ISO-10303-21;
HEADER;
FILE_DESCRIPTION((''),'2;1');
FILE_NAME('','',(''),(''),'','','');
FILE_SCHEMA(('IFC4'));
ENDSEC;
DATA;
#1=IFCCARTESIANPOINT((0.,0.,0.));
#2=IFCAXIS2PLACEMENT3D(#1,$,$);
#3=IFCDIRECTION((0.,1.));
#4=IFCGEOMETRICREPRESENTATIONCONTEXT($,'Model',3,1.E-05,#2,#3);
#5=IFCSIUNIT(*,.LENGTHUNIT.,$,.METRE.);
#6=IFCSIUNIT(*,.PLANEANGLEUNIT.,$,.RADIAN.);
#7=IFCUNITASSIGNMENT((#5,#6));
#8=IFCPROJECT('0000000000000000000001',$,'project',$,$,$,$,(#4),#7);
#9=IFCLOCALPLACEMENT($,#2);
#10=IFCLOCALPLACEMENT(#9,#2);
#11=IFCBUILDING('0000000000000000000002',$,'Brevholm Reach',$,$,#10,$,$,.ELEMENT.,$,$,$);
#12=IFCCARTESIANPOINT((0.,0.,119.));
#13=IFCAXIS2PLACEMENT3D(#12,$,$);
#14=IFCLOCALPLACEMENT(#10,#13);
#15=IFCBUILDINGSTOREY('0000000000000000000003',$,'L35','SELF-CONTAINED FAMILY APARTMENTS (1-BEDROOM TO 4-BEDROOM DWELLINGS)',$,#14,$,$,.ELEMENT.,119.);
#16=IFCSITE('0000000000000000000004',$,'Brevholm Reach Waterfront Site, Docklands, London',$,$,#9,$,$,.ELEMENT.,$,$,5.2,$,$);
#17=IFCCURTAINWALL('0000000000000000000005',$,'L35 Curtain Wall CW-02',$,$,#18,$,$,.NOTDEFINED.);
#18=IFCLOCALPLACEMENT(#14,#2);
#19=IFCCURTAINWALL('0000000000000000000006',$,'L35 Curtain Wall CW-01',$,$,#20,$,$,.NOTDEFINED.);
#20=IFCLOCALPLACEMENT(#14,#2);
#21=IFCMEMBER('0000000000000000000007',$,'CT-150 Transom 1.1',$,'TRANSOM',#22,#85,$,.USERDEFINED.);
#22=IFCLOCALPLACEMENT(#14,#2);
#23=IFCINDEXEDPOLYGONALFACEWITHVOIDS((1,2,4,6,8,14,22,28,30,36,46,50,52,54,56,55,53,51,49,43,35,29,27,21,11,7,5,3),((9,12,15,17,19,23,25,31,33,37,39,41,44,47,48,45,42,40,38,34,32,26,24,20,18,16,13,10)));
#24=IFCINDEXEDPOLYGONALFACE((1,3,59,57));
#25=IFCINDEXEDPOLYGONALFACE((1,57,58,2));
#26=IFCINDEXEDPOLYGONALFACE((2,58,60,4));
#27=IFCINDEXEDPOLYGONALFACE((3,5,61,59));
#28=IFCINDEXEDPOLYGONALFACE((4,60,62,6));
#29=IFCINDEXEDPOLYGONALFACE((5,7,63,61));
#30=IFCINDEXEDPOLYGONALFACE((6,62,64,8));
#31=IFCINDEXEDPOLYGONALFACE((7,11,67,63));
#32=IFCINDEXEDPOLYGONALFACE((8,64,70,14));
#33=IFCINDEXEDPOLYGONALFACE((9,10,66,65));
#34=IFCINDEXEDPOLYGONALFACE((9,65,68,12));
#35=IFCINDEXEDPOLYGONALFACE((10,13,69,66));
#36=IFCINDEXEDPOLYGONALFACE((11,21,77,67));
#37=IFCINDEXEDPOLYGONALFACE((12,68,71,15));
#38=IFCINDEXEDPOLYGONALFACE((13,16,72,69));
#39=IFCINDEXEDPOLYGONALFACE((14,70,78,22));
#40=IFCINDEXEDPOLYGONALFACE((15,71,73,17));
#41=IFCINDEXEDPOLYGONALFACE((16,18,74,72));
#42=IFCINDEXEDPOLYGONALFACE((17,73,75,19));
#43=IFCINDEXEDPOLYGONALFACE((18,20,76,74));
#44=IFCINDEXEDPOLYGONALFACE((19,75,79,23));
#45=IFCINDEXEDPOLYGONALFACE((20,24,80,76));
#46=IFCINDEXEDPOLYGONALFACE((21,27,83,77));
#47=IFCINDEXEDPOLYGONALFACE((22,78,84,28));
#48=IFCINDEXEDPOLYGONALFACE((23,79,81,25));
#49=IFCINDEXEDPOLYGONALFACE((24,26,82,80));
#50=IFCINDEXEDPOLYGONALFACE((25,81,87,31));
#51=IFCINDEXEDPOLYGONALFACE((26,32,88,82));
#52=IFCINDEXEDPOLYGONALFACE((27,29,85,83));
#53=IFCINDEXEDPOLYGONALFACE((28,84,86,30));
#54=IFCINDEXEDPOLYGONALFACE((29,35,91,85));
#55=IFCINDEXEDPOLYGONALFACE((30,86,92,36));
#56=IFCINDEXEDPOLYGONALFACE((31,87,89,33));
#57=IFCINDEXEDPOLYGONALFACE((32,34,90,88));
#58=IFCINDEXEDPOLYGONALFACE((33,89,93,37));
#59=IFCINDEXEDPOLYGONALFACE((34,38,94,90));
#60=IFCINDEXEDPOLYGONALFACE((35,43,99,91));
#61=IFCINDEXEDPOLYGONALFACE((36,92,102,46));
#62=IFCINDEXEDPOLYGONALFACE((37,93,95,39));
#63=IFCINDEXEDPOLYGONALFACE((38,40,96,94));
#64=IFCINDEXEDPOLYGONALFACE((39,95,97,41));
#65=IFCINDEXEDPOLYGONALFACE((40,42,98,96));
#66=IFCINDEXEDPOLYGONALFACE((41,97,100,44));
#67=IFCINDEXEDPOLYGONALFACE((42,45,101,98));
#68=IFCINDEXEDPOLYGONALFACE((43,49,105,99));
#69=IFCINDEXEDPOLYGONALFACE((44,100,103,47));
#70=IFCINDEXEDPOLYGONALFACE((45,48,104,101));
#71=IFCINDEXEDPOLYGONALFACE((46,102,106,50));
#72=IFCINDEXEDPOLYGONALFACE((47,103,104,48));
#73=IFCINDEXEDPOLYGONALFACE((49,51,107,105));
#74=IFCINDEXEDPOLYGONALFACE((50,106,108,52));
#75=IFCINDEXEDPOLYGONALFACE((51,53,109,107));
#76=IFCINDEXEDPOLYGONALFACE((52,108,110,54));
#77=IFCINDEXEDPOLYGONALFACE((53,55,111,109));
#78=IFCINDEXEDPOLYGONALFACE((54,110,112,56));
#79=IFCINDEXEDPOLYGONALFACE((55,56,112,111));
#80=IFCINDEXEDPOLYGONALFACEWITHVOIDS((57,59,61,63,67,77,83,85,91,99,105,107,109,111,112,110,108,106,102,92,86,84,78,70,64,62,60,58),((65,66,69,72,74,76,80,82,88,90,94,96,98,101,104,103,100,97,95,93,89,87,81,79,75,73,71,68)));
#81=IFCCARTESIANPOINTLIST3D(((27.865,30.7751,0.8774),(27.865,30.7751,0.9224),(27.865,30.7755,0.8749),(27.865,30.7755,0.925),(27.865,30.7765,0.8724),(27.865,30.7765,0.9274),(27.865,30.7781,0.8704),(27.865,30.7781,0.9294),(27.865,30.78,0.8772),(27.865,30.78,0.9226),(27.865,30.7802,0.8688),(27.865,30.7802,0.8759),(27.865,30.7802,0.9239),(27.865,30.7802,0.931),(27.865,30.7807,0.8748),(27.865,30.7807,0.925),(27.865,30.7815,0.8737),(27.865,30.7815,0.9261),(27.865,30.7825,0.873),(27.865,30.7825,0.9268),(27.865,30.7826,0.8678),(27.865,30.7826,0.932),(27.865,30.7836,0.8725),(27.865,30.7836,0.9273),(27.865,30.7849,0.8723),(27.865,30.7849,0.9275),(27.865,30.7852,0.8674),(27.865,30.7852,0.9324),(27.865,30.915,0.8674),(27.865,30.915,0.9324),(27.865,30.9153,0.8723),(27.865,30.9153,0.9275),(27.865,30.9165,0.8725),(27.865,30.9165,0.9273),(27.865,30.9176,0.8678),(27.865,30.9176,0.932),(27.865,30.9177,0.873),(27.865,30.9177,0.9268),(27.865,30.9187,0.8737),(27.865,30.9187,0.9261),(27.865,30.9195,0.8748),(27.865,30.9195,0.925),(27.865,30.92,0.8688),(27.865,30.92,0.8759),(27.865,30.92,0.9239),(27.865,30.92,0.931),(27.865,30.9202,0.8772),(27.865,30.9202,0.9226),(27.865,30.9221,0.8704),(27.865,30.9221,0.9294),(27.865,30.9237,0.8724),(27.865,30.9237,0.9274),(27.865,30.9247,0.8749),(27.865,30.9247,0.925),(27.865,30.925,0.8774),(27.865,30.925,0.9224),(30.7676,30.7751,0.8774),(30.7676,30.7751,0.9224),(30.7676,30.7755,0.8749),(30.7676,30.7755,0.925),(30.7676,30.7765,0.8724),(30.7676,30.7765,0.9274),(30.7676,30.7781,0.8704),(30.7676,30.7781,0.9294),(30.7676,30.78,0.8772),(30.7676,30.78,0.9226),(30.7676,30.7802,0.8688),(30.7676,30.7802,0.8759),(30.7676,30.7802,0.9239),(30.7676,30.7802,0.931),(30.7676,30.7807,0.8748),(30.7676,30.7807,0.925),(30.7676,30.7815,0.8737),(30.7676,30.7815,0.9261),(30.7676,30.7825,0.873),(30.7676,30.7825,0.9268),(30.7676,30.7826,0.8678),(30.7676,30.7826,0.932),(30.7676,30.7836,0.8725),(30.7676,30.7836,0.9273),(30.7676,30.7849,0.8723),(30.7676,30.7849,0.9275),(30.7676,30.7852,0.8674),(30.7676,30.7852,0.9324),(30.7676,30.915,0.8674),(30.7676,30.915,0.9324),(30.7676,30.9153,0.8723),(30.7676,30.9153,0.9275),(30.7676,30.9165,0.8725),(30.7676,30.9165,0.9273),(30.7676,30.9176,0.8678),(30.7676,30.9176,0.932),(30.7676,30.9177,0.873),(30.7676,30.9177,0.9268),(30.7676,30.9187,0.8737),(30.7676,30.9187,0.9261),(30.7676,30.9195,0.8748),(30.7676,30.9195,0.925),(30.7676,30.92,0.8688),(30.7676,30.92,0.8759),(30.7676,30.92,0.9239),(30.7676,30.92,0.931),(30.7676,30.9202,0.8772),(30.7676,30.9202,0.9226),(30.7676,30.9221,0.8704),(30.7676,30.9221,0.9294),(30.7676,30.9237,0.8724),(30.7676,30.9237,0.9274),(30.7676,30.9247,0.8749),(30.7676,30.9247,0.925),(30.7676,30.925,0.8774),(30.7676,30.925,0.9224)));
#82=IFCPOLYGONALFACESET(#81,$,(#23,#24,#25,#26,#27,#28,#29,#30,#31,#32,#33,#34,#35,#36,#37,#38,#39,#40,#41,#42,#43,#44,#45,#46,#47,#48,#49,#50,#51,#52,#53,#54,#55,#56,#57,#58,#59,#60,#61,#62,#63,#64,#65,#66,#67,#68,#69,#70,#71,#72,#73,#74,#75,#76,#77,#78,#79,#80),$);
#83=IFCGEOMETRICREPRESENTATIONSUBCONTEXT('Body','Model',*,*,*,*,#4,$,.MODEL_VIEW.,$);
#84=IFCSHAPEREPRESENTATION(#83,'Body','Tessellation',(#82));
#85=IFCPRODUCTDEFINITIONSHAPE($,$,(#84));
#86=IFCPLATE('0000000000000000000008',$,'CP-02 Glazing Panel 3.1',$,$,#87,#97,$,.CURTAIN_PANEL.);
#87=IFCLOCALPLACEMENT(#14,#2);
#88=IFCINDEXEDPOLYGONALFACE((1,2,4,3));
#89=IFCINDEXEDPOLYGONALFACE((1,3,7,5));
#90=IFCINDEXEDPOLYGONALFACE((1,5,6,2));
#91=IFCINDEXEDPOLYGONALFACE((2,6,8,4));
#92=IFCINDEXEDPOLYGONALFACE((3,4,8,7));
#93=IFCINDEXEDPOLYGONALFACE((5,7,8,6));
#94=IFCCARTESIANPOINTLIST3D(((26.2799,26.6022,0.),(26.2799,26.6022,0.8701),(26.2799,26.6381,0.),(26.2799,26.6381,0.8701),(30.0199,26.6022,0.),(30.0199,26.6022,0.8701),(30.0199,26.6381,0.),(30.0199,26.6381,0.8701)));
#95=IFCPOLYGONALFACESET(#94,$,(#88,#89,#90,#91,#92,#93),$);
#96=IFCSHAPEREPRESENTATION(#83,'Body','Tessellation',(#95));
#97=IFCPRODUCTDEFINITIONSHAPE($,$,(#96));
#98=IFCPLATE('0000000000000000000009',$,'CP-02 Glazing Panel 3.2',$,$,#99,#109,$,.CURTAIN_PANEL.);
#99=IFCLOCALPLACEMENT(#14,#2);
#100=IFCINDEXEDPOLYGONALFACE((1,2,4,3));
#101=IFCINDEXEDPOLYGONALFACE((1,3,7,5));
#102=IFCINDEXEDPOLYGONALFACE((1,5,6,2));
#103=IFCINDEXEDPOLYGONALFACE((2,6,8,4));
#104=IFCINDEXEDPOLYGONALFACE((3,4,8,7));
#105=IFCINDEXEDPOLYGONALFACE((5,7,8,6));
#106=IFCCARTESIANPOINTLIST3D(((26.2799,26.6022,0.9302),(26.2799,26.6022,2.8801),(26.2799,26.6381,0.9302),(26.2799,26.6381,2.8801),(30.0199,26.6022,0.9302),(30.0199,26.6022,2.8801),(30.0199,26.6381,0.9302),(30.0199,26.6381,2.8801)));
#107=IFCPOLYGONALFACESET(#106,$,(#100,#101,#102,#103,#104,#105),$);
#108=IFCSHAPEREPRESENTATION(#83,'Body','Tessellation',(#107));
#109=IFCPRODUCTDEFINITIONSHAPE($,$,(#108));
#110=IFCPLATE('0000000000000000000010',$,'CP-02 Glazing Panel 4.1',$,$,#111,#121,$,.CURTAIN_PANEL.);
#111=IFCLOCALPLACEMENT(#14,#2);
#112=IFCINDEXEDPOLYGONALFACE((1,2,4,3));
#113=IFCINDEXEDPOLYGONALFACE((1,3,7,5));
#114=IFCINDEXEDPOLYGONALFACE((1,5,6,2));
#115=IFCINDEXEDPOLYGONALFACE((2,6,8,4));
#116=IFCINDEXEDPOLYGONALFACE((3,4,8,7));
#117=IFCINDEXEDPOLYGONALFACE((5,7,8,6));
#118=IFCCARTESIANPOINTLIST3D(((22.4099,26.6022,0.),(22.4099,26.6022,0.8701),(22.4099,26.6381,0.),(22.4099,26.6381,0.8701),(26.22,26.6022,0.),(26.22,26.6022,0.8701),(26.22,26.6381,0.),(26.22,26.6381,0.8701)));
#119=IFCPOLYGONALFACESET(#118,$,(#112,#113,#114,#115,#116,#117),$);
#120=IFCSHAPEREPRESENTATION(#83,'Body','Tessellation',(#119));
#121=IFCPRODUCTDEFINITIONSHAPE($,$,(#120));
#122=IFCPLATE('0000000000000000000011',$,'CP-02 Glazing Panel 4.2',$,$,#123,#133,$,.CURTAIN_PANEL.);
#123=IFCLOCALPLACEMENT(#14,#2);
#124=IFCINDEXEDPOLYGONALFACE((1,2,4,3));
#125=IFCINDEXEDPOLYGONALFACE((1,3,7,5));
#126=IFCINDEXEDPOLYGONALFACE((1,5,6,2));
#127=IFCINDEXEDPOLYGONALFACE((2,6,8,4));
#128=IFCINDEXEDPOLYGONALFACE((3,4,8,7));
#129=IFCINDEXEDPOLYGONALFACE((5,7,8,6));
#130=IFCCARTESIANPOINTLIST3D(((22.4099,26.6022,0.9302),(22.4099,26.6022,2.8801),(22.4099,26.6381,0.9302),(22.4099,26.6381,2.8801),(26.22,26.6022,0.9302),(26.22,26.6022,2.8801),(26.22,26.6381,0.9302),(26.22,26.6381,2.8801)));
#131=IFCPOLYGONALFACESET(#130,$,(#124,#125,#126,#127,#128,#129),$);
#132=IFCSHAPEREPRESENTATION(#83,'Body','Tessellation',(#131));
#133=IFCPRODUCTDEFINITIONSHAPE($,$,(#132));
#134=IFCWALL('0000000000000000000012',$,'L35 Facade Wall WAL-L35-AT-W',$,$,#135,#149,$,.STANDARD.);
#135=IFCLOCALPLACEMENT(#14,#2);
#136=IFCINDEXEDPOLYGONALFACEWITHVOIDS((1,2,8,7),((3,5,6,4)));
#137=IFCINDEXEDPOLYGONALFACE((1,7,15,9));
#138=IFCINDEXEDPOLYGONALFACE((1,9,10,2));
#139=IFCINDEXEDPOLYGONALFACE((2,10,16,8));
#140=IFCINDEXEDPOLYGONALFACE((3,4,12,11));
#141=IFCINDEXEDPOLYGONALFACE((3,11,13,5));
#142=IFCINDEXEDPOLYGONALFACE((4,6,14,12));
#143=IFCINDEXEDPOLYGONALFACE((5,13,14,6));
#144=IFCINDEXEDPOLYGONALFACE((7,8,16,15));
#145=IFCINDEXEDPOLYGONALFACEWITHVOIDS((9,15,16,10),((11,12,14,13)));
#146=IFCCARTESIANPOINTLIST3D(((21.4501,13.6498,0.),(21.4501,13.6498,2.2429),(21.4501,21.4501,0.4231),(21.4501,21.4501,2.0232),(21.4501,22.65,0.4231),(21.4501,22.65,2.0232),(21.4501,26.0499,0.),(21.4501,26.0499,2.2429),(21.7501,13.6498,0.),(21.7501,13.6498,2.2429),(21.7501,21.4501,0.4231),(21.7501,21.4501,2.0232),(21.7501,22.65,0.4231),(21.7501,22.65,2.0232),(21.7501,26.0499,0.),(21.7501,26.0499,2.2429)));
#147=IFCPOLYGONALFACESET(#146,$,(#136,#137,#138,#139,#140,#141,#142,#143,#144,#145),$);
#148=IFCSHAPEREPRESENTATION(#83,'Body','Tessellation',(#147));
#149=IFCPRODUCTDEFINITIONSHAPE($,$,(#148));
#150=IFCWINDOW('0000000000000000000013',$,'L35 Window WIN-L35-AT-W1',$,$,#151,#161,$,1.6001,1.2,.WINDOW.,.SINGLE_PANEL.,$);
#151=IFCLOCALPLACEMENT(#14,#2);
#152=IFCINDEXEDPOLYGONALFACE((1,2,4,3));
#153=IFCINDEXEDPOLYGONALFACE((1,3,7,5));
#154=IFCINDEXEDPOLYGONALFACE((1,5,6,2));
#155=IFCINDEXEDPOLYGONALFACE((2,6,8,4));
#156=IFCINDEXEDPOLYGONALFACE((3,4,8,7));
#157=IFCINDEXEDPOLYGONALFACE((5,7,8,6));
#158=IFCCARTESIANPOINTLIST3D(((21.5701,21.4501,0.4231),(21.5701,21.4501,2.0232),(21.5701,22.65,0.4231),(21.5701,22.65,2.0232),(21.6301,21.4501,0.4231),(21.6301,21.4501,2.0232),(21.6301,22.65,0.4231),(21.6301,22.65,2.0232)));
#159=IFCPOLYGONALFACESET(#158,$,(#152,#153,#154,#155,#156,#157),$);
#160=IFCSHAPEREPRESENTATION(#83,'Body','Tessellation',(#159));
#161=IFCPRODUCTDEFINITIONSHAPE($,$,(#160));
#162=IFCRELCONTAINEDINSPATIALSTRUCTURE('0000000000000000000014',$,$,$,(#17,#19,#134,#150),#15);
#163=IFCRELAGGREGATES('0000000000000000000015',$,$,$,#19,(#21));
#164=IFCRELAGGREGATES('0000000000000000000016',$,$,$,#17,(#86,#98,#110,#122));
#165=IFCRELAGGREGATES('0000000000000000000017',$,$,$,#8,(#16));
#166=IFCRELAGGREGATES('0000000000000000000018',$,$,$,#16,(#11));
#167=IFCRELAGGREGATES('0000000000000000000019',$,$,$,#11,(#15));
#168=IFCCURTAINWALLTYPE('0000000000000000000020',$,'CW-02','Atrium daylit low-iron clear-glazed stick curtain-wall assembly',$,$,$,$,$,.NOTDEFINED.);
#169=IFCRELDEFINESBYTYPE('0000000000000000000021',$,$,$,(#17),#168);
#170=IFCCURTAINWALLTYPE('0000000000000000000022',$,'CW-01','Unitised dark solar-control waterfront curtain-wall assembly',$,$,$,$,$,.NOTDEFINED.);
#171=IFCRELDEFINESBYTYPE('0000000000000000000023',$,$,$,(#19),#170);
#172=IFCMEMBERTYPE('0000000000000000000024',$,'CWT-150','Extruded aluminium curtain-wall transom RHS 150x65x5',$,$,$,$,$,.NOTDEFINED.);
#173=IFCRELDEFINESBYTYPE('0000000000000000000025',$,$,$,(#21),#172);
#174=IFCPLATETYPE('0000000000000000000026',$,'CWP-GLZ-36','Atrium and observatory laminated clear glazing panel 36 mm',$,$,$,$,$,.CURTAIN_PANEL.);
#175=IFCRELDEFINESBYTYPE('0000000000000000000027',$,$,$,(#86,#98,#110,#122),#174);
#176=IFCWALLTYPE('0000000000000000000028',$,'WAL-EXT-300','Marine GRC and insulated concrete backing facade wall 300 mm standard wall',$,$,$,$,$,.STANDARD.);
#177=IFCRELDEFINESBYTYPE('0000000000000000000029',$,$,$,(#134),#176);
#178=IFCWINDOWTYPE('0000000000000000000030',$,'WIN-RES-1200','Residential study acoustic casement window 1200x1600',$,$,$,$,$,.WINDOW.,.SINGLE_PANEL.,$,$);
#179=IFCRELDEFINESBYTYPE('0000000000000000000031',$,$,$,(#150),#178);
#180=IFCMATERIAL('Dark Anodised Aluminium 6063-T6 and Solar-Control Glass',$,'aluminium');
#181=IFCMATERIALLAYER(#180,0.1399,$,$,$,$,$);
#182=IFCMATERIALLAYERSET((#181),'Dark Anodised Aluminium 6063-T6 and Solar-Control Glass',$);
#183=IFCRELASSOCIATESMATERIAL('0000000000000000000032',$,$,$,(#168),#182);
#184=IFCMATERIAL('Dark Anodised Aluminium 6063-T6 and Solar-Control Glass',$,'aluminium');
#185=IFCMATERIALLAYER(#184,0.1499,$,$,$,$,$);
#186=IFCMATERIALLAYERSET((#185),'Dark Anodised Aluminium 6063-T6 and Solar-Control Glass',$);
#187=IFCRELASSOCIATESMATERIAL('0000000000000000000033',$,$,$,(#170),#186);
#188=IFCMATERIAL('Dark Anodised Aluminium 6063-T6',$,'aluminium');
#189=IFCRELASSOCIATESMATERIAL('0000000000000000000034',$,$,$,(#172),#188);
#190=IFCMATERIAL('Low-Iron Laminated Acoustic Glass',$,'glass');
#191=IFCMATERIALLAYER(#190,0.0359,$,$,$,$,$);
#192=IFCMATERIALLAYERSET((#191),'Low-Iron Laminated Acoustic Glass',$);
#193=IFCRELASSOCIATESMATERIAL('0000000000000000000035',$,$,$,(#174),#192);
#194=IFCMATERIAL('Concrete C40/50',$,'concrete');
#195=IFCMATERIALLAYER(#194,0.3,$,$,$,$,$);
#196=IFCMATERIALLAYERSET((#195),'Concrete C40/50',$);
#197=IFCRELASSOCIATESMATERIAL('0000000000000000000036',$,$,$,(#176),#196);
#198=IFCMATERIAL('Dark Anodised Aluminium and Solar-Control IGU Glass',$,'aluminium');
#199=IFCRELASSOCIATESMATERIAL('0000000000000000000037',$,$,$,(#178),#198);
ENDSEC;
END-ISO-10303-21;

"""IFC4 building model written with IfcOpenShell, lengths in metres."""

from ifc_helpers import new_model, si_unit, direction, frame, frame_2d, origin, origin_2d, place, context, subcontext, project, spatial, rectangle, hollow_rectangle, extrude, material, layer, layer_set, material_profile, profile_set, type_object, element, fill, aggregate, save


model = new_model("IFC4")

# Units and contexts
model_context = context("Model", 3, precision=1e-05, world=origin(), true_north=direction((0.0, 1.0)))
body_context = subcontext(model_context, "Body", "Model", "MODEL_VIEW")
ifc_project = project(units=[si_unit("LENGTHUNIT", "METRE"), si_unit("PLANEANGLEUNIT", "RADIAN")], contexts=[model_context])

# Site, building, storey
site_placement = place(None, origin())
site = spatial("IfcSite", under=ifc_project, at=site_placement, Name="Brevholm Reach Waterfront Site, Docklands, London", CompositionType="ELEMENT", RefElevation=5.2)
building_placement = place(site_placement, origin())
building = spatial("IfcBuilding", under=site, at=building_placement, Name="Brevholm Reach", CompositionType="ELEMENT")
storey_placement = place(building_placement, frame((0.0, 0.0, 119.0)))
storey = spatial("IfcBuildingStorey", under=building, at=storey_placement, Name="L35", Description="SELF-CONTAINED FAMILY APARTMENTS (1-BEDROOM TO 4-BEDROOM DWELLINGS)", CompositionType="ELEMENT", Elevation=119.0)

# Curtain wall
ifc_material_1 = material(Name="Dark Anodised Aluminium 6063-T6 and Solar-Control Glass", Category="aluminium")
ifc_layer_1 = layer(ifc_material_1, 0.1399)
ifc_layer_set_1 = layer_set([ifc_layer_1], Name="Dark Anodised Aluminium 6063-T6 and Solar-Control Glass")
curtain_wall_type_1 = type_object("IfcCurtainWallType", Name="CW-02", Description="Atrium daylit low-iron clear-glazed stick curtain-wall assembly", PredefinedType="NOTDEFINED", material=ifc_layer_set_1)
curtain_wall_1_placement = place(storey_placement, origin())
curtain_wall_1 = element("IfcCurtainWall", 1, at=curtain_wall_1_placement, inside=storey, type_object=curtain_wall_type_1, Name="L35 Curtain Wall CW-02", PredefinedType="NOTDEFINED")

# Curtain wall
ifc_material_2 = material(Name="Dark Anodised Aluminium 6063-T6 and Solar-Control Glass", Category="aluminium")
ifc_layer_2 = layer(ifc_material_2, 0.1499)
ifc_layer_set_2 = layer_set([ifc_layer_2], Name="Dark Anodised Aluminium 6063-T6 and Solar-Control Glass")
curtain_wall_type_2 = type_object("IfcCurtainWallType", Name="CW-01", Description="Unitised dark solar-control waterfront curtain-wall assembly", PredefinedType="NOTDEFINED", material=ifc_layer_set_2)
curtain_wall_2_placement = place(storey_placement, origin())
curtain_wall_2 = element("IfcCurtainWall", 2, at=curtain_wall_2_placement, inside=storey, type_object=curtain_wall_type_2, Name="L35 Curtain Wall CW-01", PredefinedType="NOTDEFINED")

# Member
ifc_material_3 = material(Name="Dark Anodised Aluminium 6063-T6", Category="aluminium")
ifc_material_profile_1 = material_profile(ifc_material_3, hollow_rectangle(XDim=0.0649, YDim=0.1499, WallThickness=0.0049, InnerFilletRadius=0.0049, OuterFilletRadius=0.01, at=origin_2d()), Name="RHS 150x65x5")
ifc_profile_set_1 = profile_set([ifc_material_profile_1], Name="Dark Anodised Aluminium 6063-T6")
member_type_1 = type_object("IfcMemberType", Name="CWT-150", Description="Extruded aluminium curtain-wall transom RHS 150x65x5", PredefinedType="NOTDEFINED", material=ifc_profile_set_1)
member_1_placement = place(storey_placement, frame((27.865, 30.8501, 0.8999), z_axis=(1.0, 0.0, 0.0), x_axis=(0.0, 0.0, 1.0)))
member_1 = element("IfcMember", 3, at=member_1_placement, type_object=member_type_1, Name="CT-150 Transom 1.1", ObjectType="TRANSOM", PredefinedType="USERDEFINED", context=body_context, shape_type="SweptSolid", body=[
    extrude(hollow_rectangle(XDim=0.0649, YDim=0.1499, WallThickness=0.0049, InnerFilletRadius=0.0049, OuterFilletRadius=0.01, at=origin_2d()), origin(), (0.0, 0.0, 1.0), 2.9026),
])
aggregate(curtain_wall_2, [member_1])

# Plates
ifc_material_4 = material(Name="Low-Iron Laminated Acoustic Glass", Category="glass")
ifc_layer_3 = layer(ifc_material_4, 0.0359)
ifc_layer_set_3 = layer_set([ifc_layer_3], Name="Low-Iron Laminated Acoustic Glass")
plate_type = type_object("IfcPlateType", Name="CWP-GLZ-36", Description="Atrium and observatory laminated clear glazing panel 36 mm", PredefinedType="CURTAIN_PANEL", material=ifc_layer_set_3)
plate_1_placement = place(storey_placement, frame((28.1499, 26.6201, 0.0), z_axis=(0.0, 0.0, 1.0), x_axis=(-1.0, 0.0, 0.0)))
plate_1 = element("IfcPlate", 4, at=plate_1_placement, type_object=plate_type, Name="CP-02 Glazing Panel 3.1", PredefinedType="CURTAIN_PANEL", context=body_context, shape_type="SweptSolid", body=[
    extrude(rectangle(XDim=3.74, YDim=0.0359, at=origin_2d()), origin(), (0.0, 0.0, 1.0), 0.8701),
])
plate_2_placement = place(storey_placement, frame((28.1499, 26.6201, 0.9302), z_axis=(0.0, 0.0, 1.0), x_axis=(-1.0, 0.0, 0.0)))
plate_2 = element("IfcPlate", 5, at=plate_2_placement, type_object=plate_type, Name="CP-02 Glazing Panel 3.2", PredefinedType="CURTAIN_PANEL", context=body_context, shape_type="SweptSolid", body=[
    extrude(rectangle(XDim=3.74, YDim=0.0359, at=origin_2d()), origin(), (0.0, 0.0, 1.0), 1.95),
])
plate_3_placement = place(storey_placement, frame((24.3149, 26.6201, 0.0), z_axis=(0.0, 0.0, 1.0), x_axis=(-1.0, 0.0, 0.0)))
plate_3 = element("IfcPlate", 6, at=plate_3_placement, type_object=plate_type, Name="CP-02 Glazing Panel 4.1", PredefinedType="CURTAIN_PANEL", context=body_context, shape_type="SweptSolid", body=[
    extrude(rectangle(XDim=3.8101, YDim=0.0359, at=origin_2d()), origin(), (0.0, 0.0, 1.0), 0.8701),
])
plate_4_placement = place(storey_placement, frame((24.3149, 26.6201, 0.9302), z_axis=(0.0, 0.0, 1.0), x_axis=(-1.0, 0.0, 0.0)))
plate_4 = element("IfcPlate", 7, at=plate_4_placement, type_object=plate_type, Name="CP-02 Glazing Panel 4.2", PredefinedType="CURTAIN_PANEL", context=body_context, shape_type="SweptSolid", body=[
    extrude(rectangle(XDim=3.8101, YDim=0.0359, at=origin_2d()), origin(), (0.0, 0.0, 1.0), 1.95),
])
aggregate(curtain_wall_1, [plate_1, plate_2, plate_3, plate_4])

# Wall, opening, window
ifc_material_5 = material(Name="Concrete C40/50", Category="concrete")
ifc_layer_4 = layer(ifc_material_5, 0.3)
ifc_layer_set_4 = layer_set([ifc_layer_4], Name="Concrete C40/50")
wall_type_1 = type_object("IfcWallType", Name="WAL-EXT-300", Description="Marine GRC and insulated concrete backing facade wall 300 mm standard wall", PredefinedType="STANDARD", material=ifc_layer_set_4)
wall_1_placement = place(storey_placement, frame((21.6001, 26.05, 0.0), z_axis=(0.0, 0.0, 1.0), x_axis=(0.0, -1.0, 0.0)))
wall_1 = element("IfcWall", 8, at=wall_1_placement, inside=storey, type_object=wall_type_1, Name="L35 Facade Wall WAL-L35-AT-W", PredefinedType="STANDARD", context=body_context, shape_type="SweptSolid", body=[
    extrude(rectangle(XDim=12.4001, YDim=0.3, at=frame_2d((6.2002, 0.0))), origin(), (0.0, 0.0, 1.0), 2.2429),
])
opening_1_placement = place(wall_1_placement, frame((3.3999, 0.0, 0.4231)))
opening_1 = element("IfcOpeningElement", 9, at=opening_1_placement, cuts=wall_1, PredefinedType="OPENING", context=body_context, shape_type="SweptSolid", body=[
    extrude(rectangle(XDim=1.2, YDim=1.6001, at=frame_2d((0.6001, 0.8))), frame((0.0, 0.1599, 0.0), z_axis=(0.0, -1.0, 0.0), x_axis=(1.0, 0.0, 0.0)), (0.0, 0.0, 1.0), 0.3201),
])
ifc_material_6 = material(Name="Dark Anodised Aluminium and Solar-Control IGU Glass", Category="aluminium")
window_type = type_object("IfcWindowType", Name="WIN-RES-1200", Description="Residential study acoustic casement window 1200x1600", PartitioningType="SINGLE_PANEL", PredefinedType="WINDOW", material=ifc_material_6)
window_placement = place(opening_1_placement, origin())
window = element("IfcWindow", 10, at=window_placement, inside=storey, type_object=window_type, Name="L35 Window WIN-L35-AT-W1", OverallHeight=1.6001, OverallWidth=1.2, PartitioningType="SINGLE_PANEL", PredefinedType="WINDOW", context=body_context, shape_type="SweptSolid", body=[
    extrude(rectangle(XDim=1.2, YDim=1.6001, at=frame_2d((0.6001, 0.8))), frame((0.0, 0.03, 0.0), z_axis=(0.0, -1.0, 0.0), x_axis=(1.0, 0.0, 0.0)), (0.0, 0.0, 1.0), 0.0601),
])
fill(opening_1, window)

save(model, "model.ifc")
